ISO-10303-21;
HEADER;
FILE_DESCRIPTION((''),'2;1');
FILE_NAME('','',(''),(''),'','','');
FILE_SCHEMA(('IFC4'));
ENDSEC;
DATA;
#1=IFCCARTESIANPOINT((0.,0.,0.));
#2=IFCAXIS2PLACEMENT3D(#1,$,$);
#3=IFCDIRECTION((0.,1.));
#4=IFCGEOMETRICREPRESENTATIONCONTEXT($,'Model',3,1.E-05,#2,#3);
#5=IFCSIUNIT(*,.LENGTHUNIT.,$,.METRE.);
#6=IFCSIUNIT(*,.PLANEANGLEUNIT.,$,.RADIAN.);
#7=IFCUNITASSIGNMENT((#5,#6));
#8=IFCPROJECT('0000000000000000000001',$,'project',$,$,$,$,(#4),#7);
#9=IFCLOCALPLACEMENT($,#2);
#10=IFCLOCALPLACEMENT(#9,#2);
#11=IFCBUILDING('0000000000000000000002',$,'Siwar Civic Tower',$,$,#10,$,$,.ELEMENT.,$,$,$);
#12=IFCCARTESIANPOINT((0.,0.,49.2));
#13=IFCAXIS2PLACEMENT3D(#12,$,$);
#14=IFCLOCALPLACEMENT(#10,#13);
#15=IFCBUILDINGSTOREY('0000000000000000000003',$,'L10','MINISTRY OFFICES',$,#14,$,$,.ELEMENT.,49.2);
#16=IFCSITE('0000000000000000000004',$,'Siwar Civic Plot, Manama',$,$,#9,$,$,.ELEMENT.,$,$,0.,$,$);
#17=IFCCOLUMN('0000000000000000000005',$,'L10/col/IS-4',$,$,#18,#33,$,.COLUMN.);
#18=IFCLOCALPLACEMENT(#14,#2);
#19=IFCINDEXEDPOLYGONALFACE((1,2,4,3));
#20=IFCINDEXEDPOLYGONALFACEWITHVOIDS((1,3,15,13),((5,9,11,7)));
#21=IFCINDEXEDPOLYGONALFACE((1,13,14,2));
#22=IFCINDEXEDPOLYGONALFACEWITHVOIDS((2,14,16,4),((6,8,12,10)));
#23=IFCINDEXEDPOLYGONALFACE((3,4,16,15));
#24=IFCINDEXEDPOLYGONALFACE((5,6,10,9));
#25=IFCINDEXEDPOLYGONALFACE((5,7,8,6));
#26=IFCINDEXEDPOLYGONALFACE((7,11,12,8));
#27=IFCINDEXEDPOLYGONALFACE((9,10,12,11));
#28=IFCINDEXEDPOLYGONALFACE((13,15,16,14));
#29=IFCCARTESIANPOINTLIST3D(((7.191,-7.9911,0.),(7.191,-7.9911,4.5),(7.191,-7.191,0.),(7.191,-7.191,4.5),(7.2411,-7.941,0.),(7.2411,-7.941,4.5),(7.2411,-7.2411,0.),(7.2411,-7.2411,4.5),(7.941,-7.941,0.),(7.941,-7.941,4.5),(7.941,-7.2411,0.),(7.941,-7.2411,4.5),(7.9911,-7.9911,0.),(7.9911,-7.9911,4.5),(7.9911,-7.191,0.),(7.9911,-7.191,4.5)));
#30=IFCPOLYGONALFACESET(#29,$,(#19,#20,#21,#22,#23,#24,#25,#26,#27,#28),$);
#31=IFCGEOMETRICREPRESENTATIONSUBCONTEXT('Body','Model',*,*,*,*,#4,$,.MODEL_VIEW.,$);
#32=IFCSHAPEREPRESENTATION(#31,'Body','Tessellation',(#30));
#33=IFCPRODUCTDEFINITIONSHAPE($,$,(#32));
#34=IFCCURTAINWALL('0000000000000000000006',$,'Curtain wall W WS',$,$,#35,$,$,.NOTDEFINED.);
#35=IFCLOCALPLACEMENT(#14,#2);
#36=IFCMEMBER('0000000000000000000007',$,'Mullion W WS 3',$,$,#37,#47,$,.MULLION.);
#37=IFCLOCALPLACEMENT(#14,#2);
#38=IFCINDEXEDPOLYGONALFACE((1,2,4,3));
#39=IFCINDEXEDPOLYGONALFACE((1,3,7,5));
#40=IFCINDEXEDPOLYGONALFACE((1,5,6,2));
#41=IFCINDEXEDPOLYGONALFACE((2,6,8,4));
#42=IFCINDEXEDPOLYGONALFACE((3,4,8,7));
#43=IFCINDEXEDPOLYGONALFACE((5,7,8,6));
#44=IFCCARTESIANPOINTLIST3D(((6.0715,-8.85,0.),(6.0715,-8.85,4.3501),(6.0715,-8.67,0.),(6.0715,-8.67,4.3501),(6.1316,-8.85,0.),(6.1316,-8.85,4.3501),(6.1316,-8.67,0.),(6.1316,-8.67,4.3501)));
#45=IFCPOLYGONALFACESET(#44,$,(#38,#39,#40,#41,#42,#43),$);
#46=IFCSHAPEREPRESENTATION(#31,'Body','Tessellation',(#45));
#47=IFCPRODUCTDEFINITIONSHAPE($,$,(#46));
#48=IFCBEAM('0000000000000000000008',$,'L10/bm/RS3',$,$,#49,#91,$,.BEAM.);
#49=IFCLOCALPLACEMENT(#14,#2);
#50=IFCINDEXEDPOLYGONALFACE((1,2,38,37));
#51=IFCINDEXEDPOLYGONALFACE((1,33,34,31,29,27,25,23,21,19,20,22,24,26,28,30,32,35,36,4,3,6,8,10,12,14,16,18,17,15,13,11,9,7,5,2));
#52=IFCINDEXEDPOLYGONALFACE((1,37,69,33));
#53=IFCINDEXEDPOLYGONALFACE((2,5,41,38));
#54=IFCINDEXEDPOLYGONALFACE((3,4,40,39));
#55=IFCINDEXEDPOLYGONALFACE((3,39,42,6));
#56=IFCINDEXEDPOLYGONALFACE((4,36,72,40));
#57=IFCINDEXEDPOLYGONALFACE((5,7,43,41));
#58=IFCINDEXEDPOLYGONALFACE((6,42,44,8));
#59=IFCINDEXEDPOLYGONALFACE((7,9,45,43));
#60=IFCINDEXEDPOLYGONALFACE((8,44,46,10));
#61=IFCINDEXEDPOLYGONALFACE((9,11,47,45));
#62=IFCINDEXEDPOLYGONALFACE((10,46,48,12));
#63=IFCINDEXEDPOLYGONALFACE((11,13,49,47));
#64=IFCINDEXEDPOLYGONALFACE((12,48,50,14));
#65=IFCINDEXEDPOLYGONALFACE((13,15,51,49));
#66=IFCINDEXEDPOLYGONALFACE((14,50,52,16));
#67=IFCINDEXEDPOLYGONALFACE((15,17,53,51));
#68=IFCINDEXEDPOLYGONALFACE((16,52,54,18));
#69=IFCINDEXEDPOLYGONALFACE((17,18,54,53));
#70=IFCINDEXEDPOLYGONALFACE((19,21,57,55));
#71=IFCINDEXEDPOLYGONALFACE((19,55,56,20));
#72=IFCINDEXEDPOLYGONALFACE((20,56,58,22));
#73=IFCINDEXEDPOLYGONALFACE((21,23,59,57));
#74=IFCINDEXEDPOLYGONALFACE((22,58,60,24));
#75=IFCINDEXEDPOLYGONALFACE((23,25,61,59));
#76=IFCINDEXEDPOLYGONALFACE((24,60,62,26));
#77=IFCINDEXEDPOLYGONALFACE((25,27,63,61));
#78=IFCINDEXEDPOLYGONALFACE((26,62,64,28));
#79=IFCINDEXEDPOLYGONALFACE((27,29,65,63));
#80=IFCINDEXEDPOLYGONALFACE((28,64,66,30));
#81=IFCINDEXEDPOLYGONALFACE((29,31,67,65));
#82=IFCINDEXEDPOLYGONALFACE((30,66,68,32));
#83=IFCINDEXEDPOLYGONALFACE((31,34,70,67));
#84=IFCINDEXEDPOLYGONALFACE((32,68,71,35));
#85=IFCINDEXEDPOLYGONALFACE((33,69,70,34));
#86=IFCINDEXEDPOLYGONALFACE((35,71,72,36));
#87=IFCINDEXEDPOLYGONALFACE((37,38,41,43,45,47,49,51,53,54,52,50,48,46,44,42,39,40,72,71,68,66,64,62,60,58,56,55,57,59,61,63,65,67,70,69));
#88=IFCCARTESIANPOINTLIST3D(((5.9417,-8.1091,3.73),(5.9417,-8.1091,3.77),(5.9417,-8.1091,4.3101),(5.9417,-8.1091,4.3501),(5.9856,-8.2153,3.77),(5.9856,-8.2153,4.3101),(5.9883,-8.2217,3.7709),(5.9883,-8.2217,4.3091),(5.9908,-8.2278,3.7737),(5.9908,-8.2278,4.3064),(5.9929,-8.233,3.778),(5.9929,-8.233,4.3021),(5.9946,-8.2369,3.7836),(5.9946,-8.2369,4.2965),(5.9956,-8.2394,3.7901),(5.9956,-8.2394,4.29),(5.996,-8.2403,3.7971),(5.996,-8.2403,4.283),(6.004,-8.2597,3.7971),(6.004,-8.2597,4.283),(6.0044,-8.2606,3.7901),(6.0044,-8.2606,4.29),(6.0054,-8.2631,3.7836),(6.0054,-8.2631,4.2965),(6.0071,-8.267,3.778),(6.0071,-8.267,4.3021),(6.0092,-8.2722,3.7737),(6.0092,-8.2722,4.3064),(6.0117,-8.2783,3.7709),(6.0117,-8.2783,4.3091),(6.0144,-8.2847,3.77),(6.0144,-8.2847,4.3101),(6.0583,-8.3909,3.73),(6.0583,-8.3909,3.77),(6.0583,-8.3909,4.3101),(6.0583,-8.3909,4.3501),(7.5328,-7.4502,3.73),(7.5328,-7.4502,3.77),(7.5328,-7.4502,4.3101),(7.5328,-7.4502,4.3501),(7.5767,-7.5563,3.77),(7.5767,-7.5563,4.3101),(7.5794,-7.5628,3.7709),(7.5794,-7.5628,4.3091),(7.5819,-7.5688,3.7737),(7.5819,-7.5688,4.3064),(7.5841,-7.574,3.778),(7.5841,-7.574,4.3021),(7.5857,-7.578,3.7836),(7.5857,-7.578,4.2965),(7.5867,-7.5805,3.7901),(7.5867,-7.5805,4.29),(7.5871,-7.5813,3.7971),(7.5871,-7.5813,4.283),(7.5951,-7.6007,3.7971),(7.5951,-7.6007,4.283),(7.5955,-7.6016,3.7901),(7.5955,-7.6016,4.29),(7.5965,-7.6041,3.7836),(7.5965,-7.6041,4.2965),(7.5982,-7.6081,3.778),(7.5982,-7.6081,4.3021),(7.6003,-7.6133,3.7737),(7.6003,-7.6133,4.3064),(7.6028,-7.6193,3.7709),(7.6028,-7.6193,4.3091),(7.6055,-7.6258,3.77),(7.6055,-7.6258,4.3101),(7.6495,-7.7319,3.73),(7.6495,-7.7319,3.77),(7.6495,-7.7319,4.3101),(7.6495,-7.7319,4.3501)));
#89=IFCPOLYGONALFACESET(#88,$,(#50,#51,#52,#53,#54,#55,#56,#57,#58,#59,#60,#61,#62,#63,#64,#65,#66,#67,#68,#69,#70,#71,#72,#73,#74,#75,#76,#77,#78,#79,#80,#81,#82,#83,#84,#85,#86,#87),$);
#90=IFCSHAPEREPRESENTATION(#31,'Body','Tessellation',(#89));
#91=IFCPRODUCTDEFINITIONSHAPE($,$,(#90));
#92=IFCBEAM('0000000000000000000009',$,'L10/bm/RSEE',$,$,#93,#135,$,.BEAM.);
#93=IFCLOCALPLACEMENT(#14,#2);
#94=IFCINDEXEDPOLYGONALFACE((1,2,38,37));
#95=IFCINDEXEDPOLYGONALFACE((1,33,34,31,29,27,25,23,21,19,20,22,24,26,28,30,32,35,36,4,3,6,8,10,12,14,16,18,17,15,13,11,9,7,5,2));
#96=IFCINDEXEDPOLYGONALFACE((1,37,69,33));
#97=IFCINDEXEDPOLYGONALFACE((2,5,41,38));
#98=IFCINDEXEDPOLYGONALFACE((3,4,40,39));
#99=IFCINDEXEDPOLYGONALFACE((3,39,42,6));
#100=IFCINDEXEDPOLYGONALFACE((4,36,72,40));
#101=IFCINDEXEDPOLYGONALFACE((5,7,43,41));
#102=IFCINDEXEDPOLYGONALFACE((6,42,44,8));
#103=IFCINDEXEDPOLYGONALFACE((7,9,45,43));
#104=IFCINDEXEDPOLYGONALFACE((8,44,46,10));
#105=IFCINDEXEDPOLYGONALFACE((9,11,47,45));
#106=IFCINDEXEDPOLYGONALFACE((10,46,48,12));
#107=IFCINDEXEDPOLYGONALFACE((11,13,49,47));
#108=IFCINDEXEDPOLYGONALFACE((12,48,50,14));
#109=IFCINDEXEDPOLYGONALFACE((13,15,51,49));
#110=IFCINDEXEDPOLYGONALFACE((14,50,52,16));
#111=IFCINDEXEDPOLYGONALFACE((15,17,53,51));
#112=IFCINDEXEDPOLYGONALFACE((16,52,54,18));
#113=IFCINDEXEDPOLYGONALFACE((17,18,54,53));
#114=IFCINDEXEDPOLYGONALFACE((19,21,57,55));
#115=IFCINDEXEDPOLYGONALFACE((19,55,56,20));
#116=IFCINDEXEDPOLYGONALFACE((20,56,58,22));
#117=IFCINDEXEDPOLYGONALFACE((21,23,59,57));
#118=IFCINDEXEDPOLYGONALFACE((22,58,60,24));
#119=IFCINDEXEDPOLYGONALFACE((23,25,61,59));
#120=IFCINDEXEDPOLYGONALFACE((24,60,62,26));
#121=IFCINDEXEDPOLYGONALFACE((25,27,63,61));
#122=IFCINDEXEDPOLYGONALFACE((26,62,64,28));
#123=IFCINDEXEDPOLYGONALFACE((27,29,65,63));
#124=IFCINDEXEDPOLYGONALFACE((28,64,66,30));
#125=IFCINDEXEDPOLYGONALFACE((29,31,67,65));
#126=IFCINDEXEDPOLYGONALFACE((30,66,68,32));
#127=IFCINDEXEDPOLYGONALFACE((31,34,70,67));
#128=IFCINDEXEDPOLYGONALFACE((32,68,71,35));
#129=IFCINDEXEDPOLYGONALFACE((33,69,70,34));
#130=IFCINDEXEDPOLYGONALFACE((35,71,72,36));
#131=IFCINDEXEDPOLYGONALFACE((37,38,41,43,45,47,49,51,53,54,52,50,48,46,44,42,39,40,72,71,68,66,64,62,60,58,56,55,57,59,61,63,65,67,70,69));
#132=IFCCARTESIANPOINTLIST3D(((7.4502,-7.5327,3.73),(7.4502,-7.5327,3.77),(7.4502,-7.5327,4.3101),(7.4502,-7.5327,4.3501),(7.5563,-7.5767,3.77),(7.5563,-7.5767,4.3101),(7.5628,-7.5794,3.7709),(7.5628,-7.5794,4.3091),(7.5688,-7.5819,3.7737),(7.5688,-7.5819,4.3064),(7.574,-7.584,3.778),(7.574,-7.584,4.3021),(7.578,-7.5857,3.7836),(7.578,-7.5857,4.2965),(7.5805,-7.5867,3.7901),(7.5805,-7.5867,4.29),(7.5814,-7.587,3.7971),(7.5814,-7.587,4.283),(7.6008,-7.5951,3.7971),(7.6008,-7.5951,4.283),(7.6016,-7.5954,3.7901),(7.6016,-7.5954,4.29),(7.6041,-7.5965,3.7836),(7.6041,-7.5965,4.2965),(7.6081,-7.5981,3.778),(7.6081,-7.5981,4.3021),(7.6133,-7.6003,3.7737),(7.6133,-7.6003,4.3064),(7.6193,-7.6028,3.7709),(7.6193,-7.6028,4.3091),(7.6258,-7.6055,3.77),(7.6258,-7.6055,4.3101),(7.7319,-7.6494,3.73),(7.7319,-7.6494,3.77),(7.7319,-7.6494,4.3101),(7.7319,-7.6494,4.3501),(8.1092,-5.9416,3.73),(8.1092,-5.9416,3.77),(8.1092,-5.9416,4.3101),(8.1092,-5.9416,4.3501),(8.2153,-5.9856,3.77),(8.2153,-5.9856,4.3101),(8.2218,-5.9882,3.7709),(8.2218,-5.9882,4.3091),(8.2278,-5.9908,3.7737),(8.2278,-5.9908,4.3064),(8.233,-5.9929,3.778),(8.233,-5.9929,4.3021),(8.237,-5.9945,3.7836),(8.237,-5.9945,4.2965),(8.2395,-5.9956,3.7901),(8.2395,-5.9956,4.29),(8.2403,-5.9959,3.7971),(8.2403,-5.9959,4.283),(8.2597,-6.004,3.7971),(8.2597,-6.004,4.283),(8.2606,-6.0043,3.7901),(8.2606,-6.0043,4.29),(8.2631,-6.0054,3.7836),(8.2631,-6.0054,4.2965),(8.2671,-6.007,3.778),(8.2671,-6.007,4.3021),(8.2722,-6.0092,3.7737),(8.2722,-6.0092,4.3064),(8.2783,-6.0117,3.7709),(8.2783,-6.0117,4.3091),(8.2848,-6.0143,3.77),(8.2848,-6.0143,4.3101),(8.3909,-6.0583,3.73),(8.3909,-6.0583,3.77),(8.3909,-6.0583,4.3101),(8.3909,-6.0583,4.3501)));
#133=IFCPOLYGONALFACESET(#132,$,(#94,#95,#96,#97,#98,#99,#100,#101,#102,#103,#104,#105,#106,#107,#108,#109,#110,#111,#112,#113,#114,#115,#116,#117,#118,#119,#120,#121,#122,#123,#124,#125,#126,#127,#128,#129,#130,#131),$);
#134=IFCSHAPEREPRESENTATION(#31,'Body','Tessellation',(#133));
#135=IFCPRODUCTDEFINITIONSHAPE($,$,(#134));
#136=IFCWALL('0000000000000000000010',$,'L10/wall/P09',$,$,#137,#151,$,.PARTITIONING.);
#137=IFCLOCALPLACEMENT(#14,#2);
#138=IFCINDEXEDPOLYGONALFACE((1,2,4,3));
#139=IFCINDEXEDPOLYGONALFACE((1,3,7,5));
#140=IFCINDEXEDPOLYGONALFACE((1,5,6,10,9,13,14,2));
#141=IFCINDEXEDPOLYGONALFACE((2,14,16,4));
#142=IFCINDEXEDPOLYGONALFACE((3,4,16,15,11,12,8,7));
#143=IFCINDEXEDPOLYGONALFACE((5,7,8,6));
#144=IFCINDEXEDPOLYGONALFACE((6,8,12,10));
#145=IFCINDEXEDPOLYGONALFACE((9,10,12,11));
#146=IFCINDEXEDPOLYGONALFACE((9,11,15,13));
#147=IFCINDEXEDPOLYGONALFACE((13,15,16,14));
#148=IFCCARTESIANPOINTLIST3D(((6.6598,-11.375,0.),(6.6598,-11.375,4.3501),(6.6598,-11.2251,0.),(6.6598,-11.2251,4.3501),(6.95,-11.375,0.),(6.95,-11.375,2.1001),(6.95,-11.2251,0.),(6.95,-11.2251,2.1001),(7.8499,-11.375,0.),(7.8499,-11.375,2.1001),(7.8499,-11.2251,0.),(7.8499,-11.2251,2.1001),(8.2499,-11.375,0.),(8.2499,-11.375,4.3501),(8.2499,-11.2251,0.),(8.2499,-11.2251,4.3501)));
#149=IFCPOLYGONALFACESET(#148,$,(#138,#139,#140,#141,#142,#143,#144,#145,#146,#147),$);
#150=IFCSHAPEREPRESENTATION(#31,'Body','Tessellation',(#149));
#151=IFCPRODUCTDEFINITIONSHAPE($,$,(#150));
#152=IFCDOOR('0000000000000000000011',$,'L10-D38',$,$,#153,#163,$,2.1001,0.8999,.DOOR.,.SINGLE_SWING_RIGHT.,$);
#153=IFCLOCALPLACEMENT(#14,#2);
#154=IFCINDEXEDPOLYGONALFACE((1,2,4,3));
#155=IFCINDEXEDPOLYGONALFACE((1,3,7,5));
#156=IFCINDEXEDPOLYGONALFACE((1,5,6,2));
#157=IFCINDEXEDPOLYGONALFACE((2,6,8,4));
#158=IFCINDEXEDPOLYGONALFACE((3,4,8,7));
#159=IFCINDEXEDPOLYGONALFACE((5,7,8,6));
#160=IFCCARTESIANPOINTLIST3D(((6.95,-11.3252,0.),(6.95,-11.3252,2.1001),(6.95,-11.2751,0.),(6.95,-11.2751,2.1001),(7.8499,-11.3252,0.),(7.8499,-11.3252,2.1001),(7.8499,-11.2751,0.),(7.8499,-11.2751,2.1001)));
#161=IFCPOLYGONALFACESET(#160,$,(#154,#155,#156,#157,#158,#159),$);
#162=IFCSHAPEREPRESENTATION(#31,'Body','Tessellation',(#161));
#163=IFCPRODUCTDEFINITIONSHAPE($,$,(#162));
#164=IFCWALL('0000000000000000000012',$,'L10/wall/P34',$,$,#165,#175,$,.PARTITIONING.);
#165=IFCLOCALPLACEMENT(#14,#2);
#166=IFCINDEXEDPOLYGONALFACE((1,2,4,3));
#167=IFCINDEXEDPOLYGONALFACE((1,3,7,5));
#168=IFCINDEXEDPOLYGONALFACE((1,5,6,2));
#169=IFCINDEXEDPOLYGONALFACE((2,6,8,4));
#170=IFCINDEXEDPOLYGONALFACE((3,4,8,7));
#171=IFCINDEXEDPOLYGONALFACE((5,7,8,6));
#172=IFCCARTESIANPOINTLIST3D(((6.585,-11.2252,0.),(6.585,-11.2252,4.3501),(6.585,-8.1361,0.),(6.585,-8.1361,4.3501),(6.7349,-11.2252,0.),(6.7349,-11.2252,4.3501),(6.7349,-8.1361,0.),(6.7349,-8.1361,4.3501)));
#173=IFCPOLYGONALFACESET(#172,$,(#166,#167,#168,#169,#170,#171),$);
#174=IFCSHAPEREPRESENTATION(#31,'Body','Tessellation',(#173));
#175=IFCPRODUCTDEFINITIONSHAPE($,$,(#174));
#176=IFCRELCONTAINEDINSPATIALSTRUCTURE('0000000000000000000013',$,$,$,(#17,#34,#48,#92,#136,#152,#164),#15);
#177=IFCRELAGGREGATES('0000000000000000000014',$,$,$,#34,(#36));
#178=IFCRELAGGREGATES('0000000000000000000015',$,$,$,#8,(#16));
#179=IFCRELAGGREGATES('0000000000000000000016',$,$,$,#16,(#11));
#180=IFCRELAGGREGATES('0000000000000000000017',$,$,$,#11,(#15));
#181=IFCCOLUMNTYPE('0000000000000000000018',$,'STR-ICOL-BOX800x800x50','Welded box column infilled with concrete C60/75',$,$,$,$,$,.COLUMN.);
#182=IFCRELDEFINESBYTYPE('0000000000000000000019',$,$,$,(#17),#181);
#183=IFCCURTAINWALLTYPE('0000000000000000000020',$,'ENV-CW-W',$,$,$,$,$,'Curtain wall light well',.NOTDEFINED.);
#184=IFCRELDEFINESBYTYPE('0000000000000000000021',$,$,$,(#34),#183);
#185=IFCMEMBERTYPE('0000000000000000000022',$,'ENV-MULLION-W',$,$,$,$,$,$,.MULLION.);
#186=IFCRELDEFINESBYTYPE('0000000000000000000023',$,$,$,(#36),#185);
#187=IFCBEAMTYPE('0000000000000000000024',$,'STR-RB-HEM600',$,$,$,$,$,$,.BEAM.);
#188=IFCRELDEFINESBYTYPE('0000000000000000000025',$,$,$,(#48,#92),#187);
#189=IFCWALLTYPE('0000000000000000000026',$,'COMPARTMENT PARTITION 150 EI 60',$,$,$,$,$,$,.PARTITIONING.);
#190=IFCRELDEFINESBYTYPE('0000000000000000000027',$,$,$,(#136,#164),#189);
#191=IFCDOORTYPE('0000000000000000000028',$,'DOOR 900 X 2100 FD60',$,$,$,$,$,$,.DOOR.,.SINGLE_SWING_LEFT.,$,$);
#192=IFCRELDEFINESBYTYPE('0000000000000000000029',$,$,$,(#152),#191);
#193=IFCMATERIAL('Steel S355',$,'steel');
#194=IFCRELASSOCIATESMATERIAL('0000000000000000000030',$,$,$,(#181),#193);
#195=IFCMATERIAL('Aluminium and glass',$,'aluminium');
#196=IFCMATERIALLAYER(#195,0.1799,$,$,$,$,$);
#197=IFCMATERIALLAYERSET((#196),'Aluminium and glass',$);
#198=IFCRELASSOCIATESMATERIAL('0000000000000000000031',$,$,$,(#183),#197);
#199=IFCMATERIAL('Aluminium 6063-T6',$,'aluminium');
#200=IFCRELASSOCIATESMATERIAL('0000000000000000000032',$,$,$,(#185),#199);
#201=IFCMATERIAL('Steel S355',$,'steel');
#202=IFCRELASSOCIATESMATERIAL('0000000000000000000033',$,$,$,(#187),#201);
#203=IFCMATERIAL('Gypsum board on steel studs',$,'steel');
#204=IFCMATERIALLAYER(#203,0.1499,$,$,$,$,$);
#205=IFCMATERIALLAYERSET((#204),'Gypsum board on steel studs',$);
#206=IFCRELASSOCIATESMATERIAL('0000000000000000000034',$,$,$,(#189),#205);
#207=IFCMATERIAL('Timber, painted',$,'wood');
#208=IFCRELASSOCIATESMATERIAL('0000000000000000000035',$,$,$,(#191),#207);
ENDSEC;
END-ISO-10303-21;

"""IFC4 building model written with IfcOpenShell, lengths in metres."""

from ifc_helpers import new_model, si_unit, direction, frame, frame_2d, origin, origin_2d, place, context, subcontext, project, spatial, rectangle, hollow_rectangle, i_section, extrude, material, layer, layer_set, material_profile, profile_set, type_object, element, fill, aggregate, save


model = new_model("IFC4")

# Units and contexts
model_context = context("Model", 3, precision=1e-05, world=origin(), true_north=direction((0.0, 1.0)))
body_context = subcontext(model_context, "Body", "Model", "MODEL_VIEW")
ifc_project = project(units=[si_unit("LENGTHUNIT", "METRE"), si_unit("PLANEANGLEUNIT", "RADIAN")], contexts=[model_context])

# Site, building, storey
site_placement = place(None, origin())
site = spatial("IfcSite", under=ifc_project, at=site_placement, Name="Siwar Civic Plot, Manama", CompositionType="ELEMENT", RefElevation=0.0)
building_placement = place(site_placement, origin())
building = spatial("IfcBuilding", under=site, at=building_placement, Name="Siwar Civic Tower", CompositionType="ELEMENT")
storey_placement = place(building_placement, frame((0.0, 0.0, 49.2)))
storey = spatial("IfcBuildingStorey", under=building, at=storey_placement, Name="L10", Description="MINISTRY OFFICES", CompositionType="ELEMENT", Elevation=49.2)

# Column
ifc_material_1 = material(Name="Steel S355", Category="steel")
ifc_material_profile_1 = material_profile(ifc_material_1, hollow_rectangle(XDim=0.8, YDim=0.8, WallThickness=0.05, at=origin_2d()), Name="BOX800x800x50")
ifc_profile_set_1 = profile_set([ifc_material_profile_1], Name="Steel S355")
column_type = type_object("IfcColumnType", Name="STR-ICOL-BOX800x800x50", Description="Welded box column infilled with concrete C60/75", PredefinedType="COLUMN", material=ifc_profile_set_1)
column_placement = place(storey_placement, frame((7.5911, -7.5911, 0.0), z_axis=(0.0, 0.0, 1.0), x_axis=(1.0, 0.0, 0.0)))
element("IfcColumn", 1, at=column_placement, inside=storey, type_object=column_type, Name="L10/col/IS-4", PredefinedType="COLUMN", context=body_context, shape_type="SweptSolid", body=[
    extrude(hollow_rectangle(XDim=0.8, YDim=0.8, WallThickness=0.05, at=origin_2d()), origin(), (0.0, 0.0, 1.0), 4.5),
])

# Curtain wall, member
ifc_material_2 = material(Name="Aluminium and glass", Category="aluminium")
ifc_layer_1 = layer(ifc_material_2, 0.1799)
ifc_layer_set_1 = layer_set([ifc_layer_1], Name="Aluminium and glass")
curtain_wall_type = type_object("IfcCurtainWallType", Name="ENV-CW-W", ElementType="Curtain wall light well", PredefinedType="NOTDEFINED", material=ifc_layer_set_1)
curtain_wall_placement = place(storey_placement, origin())
curtain_wall = element("IfcCurtainWall", 2, at=curtain_wall_placement, inside=storey, type_object=curtain_wall_type, Name="Curtain wall W WS", PredefinedType="NOTDEFINED")
ifc_material_3 = material(Name="Aluminium 6063-T6", Category="aluminium")
ifc_material_profile_2 = material_profile(ifc_material_3, rectangle(XDim=0.1799, YDim=0.0601, at=origin_2d()), Name="AL 180x60")
ifc_profile_set_2 = profile_set([ifc_material_profile_2], Name="Aluminium 6063-T6")
member_type = type_object("IfcMemberType", Name="ENV-MULLION-W", PredefinedType="MULLION", material=ifc_profile_set_2)
member_placement = place(storey_placement, frame((6.1016, -8.76, 0.0), z_axis=(0.0, 0.0, 1.0), x_axis=(0.0, 1.0, 0.0)))
member = element("IfcMember", 3, at=member_placement, type_object=member_type, Name="Mullion W WS 3", PredefinedType="MULLION", context=body_context, shape_type="SweptSolid", body=[
    extrude(rectangle(XDim=0.1799, YDim=0.0601, at=origin_2d()), origin(), (0.0, 0.0, 1.0), 4.3501),
])
aggregate(curtain_wall, [member])

# Beams
ifc_material_4 = material(Name="Steel S355", Category="steel")
ifc_material_profile_3 = material_profile(ifc_material_4, i_section(OverallWidth=0.3049, OverallDepth=0.6201, WebThickness=0.021, FlangeThickness=0.04, FilletRadius=0.0271, at=origin_2d()), Name="HEM600")
ifc_profile_set_3 = profile_set([ifc_material_profile_3], Name="Steel S355")
beam_type = type_object("IfcBeamType", Name="STR-RB-HEM600", PredefinedType="BEAM", material=ifc_profile_set_3)
for number, where, z_axis, x_axis, name in (
    (4, (6.0, -8.25, 4.04), (0.923901, 0.382631, 0.0), (-0.382631, 0.923901, 0.0), "L10/bm/RS3"),
    (5, (7.5911, -7.5911, 4.04), (0.382631, 0.923901, 0.0), (-0.923901, 0.382631, 0.0), "L10/bm/RSEE"),
):
    element("IfcBeam", number, at=place(storey_placement, frame(where, z_axis=z_axis, x_axis=x_axis)), inside=storey, type_object=beam_type, Name=name, PredefinedType="BEAM", context=body_context, shape_type="SweptSolid", body=[
        extrude(i_section(OverallWidth=0.3049, OverallDepth=0.6201, WebThickness=0.021, FlangeThickness=0.04, FilletRadius=0.0271, at=origin_2d()), origin(), (0.0, 0.0, 1.0), 1.7222),
    ])

# Wall, opening, door
ifc_material_5 = material(Name="Gypsum board on steel studs", Category="steel")
ifc_layer_2 = layer(ifc_material_5, 0.1499)
ifc_layer_set_2 = layer_set([ifc_layer_2], Name="Gypsum board on steel studs")
wall_type_1 = type_object("IfcWallType", Name="COMPARTMENT PARTITION 150 EI 60", PredefinedType="PARTITIONING", material=ifc_layer_set_2)
wall_1_placement = place(storey_placement, frame((6.6599, -11.3, 0.0), z_axis=(0.0, 0.0, 1.0), x_axis=(1.0, 0.0, 0.0)))
wall_1 = element("IfcWall", 6, at=wall_1_placement, inside=storey, type_object=wall_type_1, Name="L10/wall/P09", PredefinedType="PARTITIONING", context=body_context, shape_type="SweptSolid", body=[
    extrude(rectangle(XDim=1.5901, YDim=0.1499, at=frame_2d((0.7949, 0.0))), origin(), (0.0, 0.0, 1.0), 4.3501),
])
opening_1_placement = place(wall_1_placement, frame((0.29, 0.0, 0.0)))
opening_1 = element("IfcOpeningElement", 7, at=opening_1_placement, cuts=wall_1, PredefinedType="OPENING", context=body_context, shape_type="SweptSolid", body=[
    extrude(rectangle(XDim=0.8999, YDim=2.1001, at=frame_2d((0.45, 1.05))), frame((0.0, 0.085, 0.0), z_axis=(0.0, -1.0, 0.0), x_axis=(1.0, 0.0, 0.0)), (0.0, 0.0, 1.0), 0.1699),
])
ifc_material_6 = material(Name="Timber, painted", Category="wood")
door_type_1 = type_object("IfcDoorType", Name="DOOR 900 X 2100 FD60", OperationType="SINGLE_SWING_LEFT", PredefinedType="DOOR", material=ifc_material_6)
door_1_placement = place(opening_1_placement, origin())
door_1 = element("IfcDoor", 8, at=door_1_placement, inside=storey, type_object=door_type_1, Name="L10-D38", OperationType="SINGLE_SWING_RIGHT", OverallHeight=2.1001, OverallWidth=0.8999, PredefinedType="DOOR", context=body_context, shape_type="SweptSolid", body=[
    extrude(rectangle(XDim=0.8999, YDim=2.1001, at=frame_2d((0.45, 1.05))), frame((0.0, 0.0249, 0.0), z_axis=(0.0, -1.0, 0.0), x_axis=(1.0, 0.0, 0.0)), (0.0, 0.0, 1.0), 0.05),
])
fill(opening_1, door_1)

# Wall
wall_2_placement = place(storey_placement, frame((6.6599, -11.2251, 0.0), z_axis=(0.0, 0.0, 1.0), x_axis=(0.0, 1.0, 0.0)))
element("IfcWall", 9, at=wall_2_placement, inside=storey, type_object=wall_type_1, Name="L10/wall/P34", PredefinedType="PARTITIONING", context=body_context, shape_type="SweptSolid", body=[
    extrude(rectangle(XDim=3.0891, YDim=0.1499, at=frame_2d((1.5444, 0.0))), origin(), (0.0, 0.0, 1.0), 4.3501),
])

save(model, "model.ifc")
